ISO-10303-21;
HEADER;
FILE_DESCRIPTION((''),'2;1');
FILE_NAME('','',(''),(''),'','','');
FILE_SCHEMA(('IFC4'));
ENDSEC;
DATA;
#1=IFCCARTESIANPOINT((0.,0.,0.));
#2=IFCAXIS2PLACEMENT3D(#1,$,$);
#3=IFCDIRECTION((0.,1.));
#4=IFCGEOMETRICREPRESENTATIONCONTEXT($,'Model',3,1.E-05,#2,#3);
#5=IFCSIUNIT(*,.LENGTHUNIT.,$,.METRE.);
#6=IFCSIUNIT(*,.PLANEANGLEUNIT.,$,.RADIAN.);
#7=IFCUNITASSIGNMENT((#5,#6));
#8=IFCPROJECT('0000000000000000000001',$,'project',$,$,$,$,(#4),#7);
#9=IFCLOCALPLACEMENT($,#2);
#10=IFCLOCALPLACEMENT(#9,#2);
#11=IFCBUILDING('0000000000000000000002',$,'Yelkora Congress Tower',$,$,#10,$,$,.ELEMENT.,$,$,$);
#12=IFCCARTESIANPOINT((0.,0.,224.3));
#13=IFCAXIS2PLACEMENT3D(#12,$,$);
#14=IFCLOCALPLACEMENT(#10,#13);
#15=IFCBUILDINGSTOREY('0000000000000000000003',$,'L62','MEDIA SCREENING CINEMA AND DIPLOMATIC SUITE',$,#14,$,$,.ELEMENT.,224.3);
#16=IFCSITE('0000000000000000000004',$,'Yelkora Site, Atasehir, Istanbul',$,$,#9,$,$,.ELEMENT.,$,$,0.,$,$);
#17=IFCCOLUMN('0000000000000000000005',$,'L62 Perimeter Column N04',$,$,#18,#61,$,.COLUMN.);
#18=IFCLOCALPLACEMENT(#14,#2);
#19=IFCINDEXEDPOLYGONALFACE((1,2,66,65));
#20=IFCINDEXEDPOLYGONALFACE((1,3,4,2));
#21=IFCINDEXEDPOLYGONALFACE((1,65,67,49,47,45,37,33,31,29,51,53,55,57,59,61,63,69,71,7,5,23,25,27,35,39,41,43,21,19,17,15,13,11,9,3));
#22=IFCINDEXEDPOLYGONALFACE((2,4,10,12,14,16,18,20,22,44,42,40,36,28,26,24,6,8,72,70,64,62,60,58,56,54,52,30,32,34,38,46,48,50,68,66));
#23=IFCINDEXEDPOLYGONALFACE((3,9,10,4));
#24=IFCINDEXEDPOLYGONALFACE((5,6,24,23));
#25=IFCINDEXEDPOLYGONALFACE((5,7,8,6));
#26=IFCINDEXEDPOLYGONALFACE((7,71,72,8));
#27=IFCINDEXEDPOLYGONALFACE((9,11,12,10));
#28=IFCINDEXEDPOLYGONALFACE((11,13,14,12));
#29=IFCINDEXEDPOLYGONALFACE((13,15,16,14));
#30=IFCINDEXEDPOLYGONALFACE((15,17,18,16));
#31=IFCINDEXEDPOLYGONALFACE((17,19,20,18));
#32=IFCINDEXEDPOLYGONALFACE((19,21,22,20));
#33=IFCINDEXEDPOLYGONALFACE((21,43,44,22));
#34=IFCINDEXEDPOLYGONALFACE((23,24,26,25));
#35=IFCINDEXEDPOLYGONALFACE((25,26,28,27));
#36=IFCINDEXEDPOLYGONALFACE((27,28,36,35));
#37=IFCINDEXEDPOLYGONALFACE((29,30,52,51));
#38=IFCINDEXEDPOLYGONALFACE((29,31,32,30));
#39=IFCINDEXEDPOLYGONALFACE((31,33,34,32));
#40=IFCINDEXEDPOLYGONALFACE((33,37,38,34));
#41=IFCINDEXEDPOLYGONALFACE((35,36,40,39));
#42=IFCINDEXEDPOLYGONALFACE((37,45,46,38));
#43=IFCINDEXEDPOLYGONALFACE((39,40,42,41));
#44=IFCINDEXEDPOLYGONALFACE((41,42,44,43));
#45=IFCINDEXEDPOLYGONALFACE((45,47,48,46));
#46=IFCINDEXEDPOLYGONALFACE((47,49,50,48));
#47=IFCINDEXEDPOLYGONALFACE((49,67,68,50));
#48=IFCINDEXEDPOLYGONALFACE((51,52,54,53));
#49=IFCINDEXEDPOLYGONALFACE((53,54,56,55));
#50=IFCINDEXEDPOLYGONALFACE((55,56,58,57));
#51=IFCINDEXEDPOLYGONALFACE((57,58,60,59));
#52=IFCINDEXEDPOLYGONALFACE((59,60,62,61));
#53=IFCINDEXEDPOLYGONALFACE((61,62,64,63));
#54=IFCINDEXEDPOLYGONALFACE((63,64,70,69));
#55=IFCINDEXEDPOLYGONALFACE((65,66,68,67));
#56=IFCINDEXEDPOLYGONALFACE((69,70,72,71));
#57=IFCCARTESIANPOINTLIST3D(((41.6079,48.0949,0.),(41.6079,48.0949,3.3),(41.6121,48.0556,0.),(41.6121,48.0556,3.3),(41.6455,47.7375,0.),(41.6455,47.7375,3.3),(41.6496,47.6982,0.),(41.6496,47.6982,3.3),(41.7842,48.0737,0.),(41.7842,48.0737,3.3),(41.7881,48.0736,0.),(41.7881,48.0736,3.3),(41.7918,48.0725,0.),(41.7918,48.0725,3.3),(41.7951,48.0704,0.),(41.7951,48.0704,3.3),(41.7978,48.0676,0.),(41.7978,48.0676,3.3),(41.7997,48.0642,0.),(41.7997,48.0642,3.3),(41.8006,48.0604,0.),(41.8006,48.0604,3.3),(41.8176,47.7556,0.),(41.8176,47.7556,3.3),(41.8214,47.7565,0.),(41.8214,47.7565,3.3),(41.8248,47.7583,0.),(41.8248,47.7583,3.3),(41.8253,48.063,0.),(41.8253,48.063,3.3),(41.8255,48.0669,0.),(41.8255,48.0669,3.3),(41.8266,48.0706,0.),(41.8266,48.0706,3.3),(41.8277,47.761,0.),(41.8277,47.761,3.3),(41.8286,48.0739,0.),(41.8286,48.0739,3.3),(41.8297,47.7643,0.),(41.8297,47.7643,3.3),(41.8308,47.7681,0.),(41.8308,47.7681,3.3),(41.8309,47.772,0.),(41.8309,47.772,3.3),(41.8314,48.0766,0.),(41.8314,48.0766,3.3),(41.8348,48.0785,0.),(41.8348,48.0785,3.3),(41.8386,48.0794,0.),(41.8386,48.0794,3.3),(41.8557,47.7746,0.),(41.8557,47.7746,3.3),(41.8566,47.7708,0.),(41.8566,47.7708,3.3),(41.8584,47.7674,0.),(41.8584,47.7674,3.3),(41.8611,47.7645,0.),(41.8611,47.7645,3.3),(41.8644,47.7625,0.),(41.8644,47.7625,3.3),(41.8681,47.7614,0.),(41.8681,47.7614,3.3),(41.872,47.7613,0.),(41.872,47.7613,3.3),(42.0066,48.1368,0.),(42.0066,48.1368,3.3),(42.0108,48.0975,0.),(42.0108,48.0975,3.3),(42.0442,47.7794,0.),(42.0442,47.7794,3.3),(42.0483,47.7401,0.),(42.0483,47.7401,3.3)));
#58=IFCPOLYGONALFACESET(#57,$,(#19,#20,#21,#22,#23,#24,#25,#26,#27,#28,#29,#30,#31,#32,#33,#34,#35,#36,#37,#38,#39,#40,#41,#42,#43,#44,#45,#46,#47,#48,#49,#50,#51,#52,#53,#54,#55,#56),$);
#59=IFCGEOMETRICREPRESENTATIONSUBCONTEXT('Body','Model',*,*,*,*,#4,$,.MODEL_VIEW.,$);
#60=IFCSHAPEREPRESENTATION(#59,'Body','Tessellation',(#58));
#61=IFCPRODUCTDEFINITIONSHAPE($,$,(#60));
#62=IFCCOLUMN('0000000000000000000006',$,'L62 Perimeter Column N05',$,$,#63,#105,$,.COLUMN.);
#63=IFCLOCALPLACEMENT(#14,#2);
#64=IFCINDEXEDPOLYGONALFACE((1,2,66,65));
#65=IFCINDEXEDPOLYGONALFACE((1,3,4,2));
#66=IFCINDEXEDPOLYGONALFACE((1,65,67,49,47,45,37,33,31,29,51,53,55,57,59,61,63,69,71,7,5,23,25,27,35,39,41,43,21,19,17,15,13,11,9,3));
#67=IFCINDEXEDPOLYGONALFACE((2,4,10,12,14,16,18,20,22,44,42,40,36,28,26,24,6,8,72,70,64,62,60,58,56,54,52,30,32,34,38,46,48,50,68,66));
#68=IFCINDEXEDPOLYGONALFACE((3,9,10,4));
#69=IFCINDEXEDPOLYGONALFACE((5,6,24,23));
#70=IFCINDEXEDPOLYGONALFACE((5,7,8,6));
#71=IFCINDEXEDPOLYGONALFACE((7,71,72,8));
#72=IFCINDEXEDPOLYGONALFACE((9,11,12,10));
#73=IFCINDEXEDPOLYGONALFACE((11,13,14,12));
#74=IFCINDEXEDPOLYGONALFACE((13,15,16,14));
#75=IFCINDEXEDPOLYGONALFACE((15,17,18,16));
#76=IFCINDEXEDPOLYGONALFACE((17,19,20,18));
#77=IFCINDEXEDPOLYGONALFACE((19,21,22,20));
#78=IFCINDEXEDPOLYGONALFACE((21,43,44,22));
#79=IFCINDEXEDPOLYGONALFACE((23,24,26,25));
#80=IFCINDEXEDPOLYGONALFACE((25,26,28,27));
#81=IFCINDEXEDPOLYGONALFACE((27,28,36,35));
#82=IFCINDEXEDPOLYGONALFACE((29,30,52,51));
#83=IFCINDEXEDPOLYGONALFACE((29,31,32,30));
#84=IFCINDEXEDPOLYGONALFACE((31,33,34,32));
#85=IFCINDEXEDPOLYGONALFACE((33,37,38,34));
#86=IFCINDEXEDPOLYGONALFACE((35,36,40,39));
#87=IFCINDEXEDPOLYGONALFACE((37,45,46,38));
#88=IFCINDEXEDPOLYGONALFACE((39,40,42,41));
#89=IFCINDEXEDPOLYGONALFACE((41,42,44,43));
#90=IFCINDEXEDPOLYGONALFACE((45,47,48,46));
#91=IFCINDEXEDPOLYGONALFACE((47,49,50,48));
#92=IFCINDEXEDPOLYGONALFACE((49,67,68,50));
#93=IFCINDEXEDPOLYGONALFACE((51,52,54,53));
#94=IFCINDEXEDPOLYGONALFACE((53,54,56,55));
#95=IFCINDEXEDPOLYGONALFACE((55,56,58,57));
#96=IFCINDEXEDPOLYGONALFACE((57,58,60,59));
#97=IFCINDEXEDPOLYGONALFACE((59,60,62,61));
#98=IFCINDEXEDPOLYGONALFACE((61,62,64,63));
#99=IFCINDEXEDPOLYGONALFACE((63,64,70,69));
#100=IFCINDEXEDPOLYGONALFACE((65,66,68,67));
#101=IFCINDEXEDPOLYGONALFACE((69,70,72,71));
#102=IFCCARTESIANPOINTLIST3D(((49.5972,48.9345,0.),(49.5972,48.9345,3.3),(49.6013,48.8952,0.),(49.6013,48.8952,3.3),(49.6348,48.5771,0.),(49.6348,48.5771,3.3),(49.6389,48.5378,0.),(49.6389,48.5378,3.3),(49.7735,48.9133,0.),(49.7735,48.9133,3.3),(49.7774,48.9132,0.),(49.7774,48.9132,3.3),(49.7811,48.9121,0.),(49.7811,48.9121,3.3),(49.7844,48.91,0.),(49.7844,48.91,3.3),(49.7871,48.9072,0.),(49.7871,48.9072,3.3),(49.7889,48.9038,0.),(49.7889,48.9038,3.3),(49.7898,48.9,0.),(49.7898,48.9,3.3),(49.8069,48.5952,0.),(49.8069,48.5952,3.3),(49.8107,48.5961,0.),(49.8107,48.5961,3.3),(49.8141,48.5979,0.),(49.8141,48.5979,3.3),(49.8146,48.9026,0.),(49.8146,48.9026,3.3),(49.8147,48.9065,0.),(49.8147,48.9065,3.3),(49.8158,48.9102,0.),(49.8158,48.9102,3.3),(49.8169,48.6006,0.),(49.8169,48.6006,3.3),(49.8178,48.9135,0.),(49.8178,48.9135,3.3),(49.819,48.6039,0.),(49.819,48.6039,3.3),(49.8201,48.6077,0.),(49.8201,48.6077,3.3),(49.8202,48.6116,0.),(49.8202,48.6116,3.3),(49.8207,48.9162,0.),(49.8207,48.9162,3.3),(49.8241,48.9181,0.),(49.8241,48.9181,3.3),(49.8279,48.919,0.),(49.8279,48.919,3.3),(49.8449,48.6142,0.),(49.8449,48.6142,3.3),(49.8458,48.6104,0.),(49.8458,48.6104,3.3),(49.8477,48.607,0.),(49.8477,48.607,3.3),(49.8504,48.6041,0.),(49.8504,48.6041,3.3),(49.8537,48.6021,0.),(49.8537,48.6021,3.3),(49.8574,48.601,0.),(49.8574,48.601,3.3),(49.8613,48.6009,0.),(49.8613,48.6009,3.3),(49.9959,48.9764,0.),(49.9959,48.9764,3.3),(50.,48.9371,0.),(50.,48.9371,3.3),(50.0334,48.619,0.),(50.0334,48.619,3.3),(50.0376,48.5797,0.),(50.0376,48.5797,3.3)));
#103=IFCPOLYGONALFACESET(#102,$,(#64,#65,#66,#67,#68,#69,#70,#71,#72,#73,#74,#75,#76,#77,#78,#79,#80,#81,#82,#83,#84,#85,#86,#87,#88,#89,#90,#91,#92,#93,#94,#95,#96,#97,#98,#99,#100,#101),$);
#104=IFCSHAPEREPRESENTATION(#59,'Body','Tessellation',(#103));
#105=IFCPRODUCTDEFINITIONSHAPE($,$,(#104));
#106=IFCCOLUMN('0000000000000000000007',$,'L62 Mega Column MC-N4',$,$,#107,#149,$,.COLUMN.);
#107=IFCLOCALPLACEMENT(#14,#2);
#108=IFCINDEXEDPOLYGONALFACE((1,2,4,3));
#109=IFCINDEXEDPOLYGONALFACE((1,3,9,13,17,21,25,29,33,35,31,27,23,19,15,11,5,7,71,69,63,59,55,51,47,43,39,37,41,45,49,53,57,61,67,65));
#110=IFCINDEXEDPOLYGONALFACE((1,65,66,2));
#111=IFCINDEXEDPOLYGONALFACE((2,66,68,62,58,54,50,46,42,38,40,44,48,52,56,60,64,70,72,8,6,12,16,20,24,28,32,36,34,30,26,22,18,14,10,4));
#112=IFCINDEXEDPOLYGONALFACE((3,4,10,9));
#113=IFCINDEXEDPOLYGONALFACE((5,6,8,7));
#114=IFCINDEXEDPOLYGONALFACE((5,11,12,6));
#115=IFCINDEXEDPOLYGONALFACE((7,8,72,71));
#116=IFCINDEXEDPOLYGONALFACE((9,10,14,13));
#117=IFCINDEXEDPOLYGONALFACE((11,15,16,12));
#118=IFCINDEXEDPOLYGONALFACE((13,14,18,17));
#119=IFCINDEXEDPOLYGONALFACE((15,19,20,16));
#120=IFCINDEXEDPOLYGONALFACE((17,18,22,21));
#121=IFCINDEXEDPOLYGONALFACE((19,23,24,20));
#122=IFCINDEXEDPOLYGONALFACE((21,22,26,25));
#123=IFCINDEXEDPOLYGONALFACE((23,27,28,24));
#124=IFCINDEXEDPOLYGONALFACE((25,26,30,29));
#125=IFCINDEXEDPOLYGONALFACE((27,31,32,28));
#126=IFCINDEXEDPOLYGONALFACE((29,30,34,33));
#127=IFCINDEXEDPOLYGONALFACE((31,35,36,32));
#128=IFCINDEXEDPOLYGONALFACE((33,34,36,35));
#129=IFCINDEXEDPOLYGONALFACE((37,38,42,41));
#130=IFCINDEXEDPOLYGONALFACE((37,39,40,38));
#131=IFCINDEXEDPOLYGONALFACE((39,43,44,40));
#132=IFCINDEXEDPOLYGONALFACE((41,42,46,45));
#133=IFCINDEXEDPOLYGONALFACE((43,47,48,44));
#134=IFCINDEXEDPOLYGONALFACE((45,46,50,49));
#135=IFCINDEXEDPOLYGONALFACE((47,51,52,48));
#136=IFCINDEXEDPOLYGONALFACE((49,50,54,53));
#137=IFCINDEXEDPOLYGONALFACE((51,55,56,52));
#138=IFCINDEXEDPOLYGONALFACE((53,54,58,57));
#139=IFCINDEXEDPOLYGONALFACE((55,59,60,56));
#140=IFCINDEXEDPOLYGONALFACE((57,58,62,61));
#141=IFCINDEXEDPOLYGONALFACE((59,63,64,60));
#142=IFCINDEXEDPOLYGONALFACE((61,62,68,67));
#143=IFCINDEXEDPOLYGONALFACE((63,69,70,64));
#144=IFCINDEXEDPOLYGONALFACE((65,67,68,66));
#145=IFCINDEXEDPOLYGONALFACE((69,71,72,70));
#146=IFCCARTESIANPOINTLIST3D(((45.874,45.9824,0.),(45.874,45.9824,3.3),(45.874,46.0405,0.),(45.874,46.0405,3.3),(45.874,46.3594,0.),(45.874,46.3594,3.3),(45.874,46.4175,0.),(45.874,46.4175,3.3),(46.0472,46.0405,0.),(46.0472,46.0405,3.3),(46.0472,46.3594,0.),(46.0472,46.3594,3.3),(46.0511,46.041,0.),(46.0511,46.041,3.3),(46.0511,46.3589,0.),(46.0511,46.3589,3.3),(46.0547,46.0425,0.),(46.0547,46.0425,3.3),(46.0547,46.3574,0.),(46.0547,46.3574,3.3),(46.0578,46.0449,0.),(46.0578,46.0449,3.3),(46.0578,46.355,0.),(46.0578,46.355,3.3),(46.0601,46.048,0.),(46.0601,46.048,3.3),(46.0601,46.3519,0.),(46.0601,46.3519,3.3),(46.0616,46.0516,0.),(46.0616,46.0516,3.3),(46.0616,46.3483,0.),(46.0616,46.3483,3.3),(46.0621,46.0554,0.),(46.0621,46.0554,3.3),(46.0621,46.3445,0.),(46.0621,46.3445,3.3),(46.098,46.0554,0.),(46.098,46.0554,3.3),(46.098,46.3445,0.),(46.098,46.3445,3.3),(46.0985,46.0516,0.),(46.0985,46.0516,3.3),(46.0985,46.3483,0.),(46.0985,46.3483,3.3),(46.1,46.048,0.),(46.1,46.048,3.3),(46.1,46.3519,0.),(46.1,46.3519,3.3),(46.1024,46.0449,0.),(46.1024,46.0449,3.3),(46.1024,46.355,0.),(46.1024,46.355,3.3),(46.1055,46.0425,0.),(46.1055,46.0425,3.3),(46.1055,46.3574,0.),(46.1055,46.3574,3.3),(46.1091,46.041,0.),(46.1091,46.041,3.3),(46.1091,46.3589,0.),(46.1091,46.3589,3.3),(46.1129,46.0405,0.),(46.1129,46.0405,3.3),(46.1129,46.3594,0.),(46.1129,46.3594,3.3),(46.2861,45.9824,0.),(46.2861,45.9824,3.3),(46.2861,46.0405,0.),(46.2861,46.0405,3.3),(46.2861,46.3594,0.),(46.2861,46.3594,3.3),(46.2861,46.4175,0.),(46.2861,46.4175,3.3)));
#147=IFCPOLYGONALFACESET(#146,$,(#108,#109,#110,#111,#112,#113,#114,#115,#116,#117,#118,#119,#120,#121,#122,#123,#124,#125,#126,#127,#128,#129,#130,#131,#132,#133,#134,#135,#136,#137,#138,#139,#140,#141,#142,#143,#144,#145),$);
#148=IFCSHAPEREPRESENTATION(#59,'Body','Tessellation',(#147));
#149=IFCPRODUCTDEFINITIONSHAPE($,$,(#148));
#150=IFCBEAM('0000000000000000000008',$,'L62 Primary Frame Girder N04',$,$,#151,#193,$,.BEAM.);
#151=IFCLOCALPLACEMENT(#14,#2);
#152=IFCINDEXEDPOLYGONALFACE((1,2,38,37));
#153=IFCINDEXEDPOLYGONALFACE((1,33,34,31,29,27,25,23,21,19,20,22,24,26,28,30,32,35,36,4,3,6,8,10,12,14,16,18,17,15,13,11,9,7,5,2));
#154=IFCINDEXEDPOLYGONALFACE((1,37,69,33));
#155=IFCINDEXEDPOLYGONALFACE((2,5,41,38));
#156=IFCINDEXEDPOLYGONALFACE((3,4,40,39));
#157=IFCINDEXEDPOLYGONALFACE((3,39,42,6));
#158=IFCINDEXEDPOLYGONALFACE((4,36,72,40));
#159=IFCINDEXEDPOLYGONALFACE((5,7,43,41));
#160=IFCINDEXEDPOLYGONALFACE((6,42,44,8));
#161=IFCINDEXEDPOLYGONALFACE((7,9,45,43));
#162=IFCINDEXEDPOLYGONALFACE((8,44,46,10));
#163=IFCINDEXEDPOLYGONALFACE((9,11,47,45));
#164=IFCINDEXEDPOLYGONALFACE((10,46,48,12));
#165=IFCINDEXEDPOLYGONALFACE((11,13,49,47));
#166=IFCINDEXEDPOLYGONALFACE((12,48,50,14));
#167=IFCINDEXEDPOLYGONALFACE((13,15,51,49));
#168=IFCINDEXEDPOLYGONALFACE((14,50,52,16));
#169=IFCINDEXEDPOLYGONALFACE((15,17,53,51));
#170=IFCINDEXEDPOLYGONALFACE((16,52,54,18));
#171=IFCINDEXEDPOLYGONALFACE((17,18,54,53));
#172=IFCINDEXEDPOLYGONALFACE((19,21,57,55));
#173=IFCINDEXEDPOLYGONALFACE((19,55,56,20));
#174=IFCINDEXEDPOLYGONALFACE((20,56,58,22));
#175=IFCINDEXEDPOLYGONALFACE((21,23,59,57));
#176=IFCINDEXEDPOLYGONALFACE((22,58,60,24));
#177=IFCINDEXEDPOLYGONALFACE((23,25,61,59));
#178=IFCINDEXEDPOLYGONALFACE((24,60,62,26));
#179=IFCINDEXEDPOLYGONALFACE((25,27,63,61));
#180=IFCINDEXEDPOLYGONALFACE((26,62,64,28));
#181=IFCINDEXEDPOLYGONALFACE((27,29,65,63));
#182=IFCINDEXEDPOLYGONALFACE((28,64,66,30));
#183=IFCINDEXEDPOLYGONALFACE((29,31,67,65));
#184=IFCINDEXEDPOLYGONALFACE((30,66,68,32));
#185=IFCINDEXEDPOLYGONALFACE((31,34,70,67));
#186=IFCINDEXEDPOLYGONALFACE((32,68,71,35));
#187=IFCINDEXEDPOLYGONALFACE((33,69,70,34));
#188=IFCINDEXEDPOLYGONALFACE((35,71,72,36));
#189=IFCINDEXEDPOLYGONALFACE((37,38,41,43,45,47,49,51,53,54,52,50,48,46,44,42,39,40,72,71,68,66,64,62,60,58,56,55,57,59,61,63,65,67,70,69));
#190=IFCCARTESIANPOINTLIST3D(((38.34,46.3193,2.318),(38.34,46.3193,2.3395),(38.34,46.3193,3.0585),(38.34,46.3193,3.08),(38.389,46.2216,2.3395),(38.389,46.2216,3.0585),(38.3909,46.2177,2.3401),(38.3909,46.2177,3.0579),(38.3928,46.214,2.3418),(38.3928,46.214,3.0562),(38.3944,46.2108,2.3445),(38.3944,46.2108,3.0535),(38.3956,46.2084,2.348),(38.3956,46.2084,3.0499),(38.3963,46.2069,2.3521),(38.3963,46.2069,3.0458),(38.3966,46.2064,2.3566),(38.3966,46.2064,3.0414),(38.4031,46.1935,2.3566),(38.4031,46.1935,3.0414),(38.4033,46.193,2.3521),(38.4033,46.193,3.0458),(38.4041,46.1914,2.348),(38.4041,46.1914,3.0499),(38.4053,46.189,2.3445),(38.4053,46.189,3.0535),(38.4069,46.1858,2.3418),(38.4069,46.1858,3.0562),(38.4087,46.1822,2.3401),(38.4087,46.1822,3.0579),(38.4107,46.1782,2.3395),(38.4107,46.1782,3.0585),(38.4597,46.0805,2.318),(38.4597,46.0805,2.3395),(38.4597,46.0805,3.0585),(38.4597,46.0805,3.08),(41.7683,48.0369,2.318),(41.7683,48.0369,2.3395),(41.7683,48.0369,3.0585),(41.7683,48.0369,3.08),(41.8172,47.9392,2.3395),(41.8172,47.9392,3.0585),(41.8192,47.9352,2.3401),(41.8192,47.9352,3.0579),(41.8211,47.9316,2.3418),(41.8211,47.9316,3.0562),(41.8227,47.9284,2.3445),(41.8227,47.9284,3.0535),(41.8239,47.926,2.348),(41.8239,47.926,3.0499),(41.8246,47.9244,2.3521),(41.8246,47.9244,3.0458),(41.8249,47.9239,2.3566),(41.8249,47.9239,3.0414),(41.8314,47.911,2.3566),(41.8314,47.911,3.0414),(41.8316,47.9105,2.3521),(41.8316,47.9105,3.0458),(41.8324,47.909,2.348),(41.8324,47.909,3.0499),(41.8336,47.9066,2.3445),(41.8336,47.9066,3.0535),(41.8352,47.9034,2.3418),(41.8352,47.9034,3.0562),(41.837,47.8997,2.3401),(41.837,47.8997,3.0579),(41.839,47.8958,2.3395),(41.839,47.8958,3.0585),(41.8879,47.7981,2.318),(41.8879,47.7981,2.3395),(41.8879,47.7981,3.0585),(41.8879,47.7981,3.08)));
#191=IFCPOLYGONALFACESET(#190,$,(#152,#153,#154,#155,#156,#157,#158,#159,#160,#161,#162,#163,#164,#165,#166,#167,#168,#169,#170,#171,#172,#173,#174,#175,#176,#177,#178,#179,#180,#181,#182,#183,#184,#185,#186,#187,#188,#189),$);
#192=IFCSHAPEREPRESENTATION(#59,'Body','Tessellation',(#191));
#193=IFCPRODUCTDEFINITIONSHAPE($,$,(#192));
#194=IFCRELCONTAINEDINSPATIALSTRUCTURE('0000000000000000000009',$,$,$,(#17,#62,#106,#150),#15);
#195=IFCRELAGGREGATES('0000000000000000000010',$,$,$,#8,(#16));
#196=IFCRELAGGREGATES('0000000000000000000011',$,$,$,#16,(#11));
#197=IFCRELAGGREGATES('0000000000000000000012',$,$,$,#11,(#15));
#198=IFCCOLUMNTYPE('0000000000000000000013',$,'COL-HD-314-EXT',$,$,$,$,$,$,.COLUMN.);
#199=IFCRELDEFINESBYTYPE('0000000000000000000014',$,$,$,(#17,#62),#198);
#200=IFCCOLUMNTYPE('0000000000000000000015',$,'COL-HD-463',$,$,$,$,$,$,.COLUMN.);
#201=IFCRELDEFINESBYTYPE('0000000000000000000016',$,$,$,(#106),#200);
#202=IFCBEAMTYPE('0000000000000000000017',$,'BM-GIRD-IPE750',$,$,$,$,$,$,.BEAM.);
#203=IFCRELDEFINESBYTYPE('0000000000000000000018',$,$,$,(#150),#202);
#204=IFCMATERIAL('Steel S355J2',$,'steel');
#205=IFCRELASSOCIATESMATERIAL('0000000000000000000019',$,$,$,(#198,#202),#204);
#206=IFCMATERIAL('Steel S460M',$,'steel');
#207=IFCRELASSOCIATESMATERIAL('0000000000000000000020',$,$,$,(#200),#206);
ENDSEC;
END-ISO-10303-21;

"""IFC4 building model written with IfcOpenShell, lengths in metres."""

from ifc_helpers import new_model, si_unit, direction, frame, origin, origin_2d, place, context, subcontext, project, spatial, i_section, extrude, material, material_profile, profile_set, type_object, element, save


model = new_model("IFC4")

# Units and contexts
model_context = context("Model", 3, precision=1e-05, world=origin(), true_north=direction((0.0, 1.0)))
body_context = subcontext(model_context, "Body", "Model", "MODEL_VIEW")
ifc_project = project(units=[si_unit("LENGTHUNIT", "METRE"), si_unit("PLANEANGLEUNIT", "RADIAN")], contexts=[model_context])

# Site, building, storey
site_placement = place(None, origin())
site = spatial("IfcSite", under=ifc_project, at=site_placement, Name="Yelkora Site, Atasehir, Istanbul", CompositionType="ELEMENT", RefElevation=0.0)
building_placement = place(site_placement, origin())
building = spatial("IfcBuilding", under=site, at=building_placement, Name="Yelkora Congress Tower", CompositionType="ELEMENT")
storey_placement = place(building_placement, frame((0.0, 0.0, 224.3)))
storey = spatial("IfcBuildingStorey", under=building, at=storey_placement, Name="L62", Description="MEDIA SCREENING CINEMA AND DIPLOMATIC SUITE", CompositionType="ELEMENT", Elevation=224.3)

# Columns
ifc_material_1 = material(Name="Steel S355J2", Category="steel")
ifc_material_profile_1 = material_profile(ifc_material_1, i_section(OverallWidth=0.4009, OverallDepth=0.3989, WebThickness=0.0249, FlangeThickness=0.0396, FilletRadius=0.0149, at=origin_2d()), Name="HD 400x314")
ifc_profile_set_1 = profile_set([ifc_material_profile_1], Name="Steel S355J2")
column_type_1 = type_object("IfcColumnType", Name="COL-HD-314-EXT", PredefinedType="COLUMN", material=ifc_profile_set_1)
for number, where, z_axis, x_axis, name in (
    (1, (41.8281, 47.9175, 0.0), (0.0, 0.0, 1.0), (0.994522, 0.104528, 0.0), "L62 Perimeter Column N04"),
    (2, (49.8174, 48.7571, 0.0), (0.0, 0.0, 1.0), (0.994522, 0.104528, 0.0), "L62 Perimeter Column N05"),
):
    element("IfcColumn", number, at=place(storey_placement, frame(where, z_axis=z_axis, x_axis=x_axis)), inside=storey, type_object=column_type_1, Name=name, PredefinedType="COLUMN", context=body_context, shape_type="SweptSolid", body=[
        extrude(i_section(OverallWidth=0.4009, OverallDepth=0.3989, WebThickness=0.0249, FlangeThickness=0.0396, FilletRadius=0.0149, at=origin_2d()), origin(), (0.0, 0.0, 1.0), 3.3),
    ])
ifc_material_2 = material(Name="Steel S460M", Category="steel")
ifc_material_profile_2 = material_profile(ifc_material_2, i_section(OverallWidth=0.4121, OverallDepth=0.4351, WebThickness=0.0359, FlangeThickness=0.0581, FilletRadius=0.0149, at=origin_2d()), Name="HD 400x463")
ifc_profile_set_2 = profile_set([ifc_material_profile_2], Name="Steel S460M")
column_type_2 = type_object("IfcColumnType", Name="COL-HD-463", PredefinedType="COLUMN", material=ifc_profile_set_2)
column_placement = place(storey_placement, frame((46.0801, 46.2, 0.0), z_axis=(0.0, 0.0, 1.0), x_axis=(1.0, 0.0, 0.0)))
element("IfcColumn", 3, at=column_placement, inside=storey, type_object=column_type_2, Name="L62 Mega Column MC-N4", PredefinedType="COLUMN", context=body_context, shape_type="SweptSolid", body=[
    extrude(i_section(OverallWidth=0.4121, OverallDepth=0.4351, WebThickness=0.0359, FlangeThickness=0.0581, FilletRadius=0.0149, at=origin_2d()), origin(), (0.0, 0.0, 1.0), 3.3),
])

# Beam
ifc_material_profile_3 = material_profile(ifc_material_1, i_section(OverallWidth=0.2671, OverallDepth=0.762, WebThickness=0.0144, FlangeThickness=0.0215, FilletRadius=0.0171, at=origin_2d()), Name="IPE 750x173")
ifc_profile_set_3 = profile_set([ifc_material_profile_3], Name="Steel S355J2")
beam_type_1 = type_object("IfcBeamType", Name="BM-GIRD-IPE750", PredefinedType="BEAM", material=ifc_profile_set_3)
beam_1_placement = place(storey_placement, frame((41.8281, 47.9175, 2.699), z_axis=(-0.89407, -0.447927, 0.0), x_axis=(0.447927, -0.89407, 0.0)))
element("IfcBeam", 4, at=beam_1_placement, inside=storey, type_object=beam_type_1, Name="L62 Primary Frame Girder N04", PredefinedType="BEAM", context=body_context, shape_type="SweptSolid", body=[
    extrude(i_section(OverallWidth=0.2671, OverallDepth=0.762, WebThickness=0.0144, FlangeThickness=0.0215, FilletRadius=0.0171, at=origin_2d()), origin(), (0.0, 0.0, 1.0), 3.8345),
])

save(model, "model.ifc")
